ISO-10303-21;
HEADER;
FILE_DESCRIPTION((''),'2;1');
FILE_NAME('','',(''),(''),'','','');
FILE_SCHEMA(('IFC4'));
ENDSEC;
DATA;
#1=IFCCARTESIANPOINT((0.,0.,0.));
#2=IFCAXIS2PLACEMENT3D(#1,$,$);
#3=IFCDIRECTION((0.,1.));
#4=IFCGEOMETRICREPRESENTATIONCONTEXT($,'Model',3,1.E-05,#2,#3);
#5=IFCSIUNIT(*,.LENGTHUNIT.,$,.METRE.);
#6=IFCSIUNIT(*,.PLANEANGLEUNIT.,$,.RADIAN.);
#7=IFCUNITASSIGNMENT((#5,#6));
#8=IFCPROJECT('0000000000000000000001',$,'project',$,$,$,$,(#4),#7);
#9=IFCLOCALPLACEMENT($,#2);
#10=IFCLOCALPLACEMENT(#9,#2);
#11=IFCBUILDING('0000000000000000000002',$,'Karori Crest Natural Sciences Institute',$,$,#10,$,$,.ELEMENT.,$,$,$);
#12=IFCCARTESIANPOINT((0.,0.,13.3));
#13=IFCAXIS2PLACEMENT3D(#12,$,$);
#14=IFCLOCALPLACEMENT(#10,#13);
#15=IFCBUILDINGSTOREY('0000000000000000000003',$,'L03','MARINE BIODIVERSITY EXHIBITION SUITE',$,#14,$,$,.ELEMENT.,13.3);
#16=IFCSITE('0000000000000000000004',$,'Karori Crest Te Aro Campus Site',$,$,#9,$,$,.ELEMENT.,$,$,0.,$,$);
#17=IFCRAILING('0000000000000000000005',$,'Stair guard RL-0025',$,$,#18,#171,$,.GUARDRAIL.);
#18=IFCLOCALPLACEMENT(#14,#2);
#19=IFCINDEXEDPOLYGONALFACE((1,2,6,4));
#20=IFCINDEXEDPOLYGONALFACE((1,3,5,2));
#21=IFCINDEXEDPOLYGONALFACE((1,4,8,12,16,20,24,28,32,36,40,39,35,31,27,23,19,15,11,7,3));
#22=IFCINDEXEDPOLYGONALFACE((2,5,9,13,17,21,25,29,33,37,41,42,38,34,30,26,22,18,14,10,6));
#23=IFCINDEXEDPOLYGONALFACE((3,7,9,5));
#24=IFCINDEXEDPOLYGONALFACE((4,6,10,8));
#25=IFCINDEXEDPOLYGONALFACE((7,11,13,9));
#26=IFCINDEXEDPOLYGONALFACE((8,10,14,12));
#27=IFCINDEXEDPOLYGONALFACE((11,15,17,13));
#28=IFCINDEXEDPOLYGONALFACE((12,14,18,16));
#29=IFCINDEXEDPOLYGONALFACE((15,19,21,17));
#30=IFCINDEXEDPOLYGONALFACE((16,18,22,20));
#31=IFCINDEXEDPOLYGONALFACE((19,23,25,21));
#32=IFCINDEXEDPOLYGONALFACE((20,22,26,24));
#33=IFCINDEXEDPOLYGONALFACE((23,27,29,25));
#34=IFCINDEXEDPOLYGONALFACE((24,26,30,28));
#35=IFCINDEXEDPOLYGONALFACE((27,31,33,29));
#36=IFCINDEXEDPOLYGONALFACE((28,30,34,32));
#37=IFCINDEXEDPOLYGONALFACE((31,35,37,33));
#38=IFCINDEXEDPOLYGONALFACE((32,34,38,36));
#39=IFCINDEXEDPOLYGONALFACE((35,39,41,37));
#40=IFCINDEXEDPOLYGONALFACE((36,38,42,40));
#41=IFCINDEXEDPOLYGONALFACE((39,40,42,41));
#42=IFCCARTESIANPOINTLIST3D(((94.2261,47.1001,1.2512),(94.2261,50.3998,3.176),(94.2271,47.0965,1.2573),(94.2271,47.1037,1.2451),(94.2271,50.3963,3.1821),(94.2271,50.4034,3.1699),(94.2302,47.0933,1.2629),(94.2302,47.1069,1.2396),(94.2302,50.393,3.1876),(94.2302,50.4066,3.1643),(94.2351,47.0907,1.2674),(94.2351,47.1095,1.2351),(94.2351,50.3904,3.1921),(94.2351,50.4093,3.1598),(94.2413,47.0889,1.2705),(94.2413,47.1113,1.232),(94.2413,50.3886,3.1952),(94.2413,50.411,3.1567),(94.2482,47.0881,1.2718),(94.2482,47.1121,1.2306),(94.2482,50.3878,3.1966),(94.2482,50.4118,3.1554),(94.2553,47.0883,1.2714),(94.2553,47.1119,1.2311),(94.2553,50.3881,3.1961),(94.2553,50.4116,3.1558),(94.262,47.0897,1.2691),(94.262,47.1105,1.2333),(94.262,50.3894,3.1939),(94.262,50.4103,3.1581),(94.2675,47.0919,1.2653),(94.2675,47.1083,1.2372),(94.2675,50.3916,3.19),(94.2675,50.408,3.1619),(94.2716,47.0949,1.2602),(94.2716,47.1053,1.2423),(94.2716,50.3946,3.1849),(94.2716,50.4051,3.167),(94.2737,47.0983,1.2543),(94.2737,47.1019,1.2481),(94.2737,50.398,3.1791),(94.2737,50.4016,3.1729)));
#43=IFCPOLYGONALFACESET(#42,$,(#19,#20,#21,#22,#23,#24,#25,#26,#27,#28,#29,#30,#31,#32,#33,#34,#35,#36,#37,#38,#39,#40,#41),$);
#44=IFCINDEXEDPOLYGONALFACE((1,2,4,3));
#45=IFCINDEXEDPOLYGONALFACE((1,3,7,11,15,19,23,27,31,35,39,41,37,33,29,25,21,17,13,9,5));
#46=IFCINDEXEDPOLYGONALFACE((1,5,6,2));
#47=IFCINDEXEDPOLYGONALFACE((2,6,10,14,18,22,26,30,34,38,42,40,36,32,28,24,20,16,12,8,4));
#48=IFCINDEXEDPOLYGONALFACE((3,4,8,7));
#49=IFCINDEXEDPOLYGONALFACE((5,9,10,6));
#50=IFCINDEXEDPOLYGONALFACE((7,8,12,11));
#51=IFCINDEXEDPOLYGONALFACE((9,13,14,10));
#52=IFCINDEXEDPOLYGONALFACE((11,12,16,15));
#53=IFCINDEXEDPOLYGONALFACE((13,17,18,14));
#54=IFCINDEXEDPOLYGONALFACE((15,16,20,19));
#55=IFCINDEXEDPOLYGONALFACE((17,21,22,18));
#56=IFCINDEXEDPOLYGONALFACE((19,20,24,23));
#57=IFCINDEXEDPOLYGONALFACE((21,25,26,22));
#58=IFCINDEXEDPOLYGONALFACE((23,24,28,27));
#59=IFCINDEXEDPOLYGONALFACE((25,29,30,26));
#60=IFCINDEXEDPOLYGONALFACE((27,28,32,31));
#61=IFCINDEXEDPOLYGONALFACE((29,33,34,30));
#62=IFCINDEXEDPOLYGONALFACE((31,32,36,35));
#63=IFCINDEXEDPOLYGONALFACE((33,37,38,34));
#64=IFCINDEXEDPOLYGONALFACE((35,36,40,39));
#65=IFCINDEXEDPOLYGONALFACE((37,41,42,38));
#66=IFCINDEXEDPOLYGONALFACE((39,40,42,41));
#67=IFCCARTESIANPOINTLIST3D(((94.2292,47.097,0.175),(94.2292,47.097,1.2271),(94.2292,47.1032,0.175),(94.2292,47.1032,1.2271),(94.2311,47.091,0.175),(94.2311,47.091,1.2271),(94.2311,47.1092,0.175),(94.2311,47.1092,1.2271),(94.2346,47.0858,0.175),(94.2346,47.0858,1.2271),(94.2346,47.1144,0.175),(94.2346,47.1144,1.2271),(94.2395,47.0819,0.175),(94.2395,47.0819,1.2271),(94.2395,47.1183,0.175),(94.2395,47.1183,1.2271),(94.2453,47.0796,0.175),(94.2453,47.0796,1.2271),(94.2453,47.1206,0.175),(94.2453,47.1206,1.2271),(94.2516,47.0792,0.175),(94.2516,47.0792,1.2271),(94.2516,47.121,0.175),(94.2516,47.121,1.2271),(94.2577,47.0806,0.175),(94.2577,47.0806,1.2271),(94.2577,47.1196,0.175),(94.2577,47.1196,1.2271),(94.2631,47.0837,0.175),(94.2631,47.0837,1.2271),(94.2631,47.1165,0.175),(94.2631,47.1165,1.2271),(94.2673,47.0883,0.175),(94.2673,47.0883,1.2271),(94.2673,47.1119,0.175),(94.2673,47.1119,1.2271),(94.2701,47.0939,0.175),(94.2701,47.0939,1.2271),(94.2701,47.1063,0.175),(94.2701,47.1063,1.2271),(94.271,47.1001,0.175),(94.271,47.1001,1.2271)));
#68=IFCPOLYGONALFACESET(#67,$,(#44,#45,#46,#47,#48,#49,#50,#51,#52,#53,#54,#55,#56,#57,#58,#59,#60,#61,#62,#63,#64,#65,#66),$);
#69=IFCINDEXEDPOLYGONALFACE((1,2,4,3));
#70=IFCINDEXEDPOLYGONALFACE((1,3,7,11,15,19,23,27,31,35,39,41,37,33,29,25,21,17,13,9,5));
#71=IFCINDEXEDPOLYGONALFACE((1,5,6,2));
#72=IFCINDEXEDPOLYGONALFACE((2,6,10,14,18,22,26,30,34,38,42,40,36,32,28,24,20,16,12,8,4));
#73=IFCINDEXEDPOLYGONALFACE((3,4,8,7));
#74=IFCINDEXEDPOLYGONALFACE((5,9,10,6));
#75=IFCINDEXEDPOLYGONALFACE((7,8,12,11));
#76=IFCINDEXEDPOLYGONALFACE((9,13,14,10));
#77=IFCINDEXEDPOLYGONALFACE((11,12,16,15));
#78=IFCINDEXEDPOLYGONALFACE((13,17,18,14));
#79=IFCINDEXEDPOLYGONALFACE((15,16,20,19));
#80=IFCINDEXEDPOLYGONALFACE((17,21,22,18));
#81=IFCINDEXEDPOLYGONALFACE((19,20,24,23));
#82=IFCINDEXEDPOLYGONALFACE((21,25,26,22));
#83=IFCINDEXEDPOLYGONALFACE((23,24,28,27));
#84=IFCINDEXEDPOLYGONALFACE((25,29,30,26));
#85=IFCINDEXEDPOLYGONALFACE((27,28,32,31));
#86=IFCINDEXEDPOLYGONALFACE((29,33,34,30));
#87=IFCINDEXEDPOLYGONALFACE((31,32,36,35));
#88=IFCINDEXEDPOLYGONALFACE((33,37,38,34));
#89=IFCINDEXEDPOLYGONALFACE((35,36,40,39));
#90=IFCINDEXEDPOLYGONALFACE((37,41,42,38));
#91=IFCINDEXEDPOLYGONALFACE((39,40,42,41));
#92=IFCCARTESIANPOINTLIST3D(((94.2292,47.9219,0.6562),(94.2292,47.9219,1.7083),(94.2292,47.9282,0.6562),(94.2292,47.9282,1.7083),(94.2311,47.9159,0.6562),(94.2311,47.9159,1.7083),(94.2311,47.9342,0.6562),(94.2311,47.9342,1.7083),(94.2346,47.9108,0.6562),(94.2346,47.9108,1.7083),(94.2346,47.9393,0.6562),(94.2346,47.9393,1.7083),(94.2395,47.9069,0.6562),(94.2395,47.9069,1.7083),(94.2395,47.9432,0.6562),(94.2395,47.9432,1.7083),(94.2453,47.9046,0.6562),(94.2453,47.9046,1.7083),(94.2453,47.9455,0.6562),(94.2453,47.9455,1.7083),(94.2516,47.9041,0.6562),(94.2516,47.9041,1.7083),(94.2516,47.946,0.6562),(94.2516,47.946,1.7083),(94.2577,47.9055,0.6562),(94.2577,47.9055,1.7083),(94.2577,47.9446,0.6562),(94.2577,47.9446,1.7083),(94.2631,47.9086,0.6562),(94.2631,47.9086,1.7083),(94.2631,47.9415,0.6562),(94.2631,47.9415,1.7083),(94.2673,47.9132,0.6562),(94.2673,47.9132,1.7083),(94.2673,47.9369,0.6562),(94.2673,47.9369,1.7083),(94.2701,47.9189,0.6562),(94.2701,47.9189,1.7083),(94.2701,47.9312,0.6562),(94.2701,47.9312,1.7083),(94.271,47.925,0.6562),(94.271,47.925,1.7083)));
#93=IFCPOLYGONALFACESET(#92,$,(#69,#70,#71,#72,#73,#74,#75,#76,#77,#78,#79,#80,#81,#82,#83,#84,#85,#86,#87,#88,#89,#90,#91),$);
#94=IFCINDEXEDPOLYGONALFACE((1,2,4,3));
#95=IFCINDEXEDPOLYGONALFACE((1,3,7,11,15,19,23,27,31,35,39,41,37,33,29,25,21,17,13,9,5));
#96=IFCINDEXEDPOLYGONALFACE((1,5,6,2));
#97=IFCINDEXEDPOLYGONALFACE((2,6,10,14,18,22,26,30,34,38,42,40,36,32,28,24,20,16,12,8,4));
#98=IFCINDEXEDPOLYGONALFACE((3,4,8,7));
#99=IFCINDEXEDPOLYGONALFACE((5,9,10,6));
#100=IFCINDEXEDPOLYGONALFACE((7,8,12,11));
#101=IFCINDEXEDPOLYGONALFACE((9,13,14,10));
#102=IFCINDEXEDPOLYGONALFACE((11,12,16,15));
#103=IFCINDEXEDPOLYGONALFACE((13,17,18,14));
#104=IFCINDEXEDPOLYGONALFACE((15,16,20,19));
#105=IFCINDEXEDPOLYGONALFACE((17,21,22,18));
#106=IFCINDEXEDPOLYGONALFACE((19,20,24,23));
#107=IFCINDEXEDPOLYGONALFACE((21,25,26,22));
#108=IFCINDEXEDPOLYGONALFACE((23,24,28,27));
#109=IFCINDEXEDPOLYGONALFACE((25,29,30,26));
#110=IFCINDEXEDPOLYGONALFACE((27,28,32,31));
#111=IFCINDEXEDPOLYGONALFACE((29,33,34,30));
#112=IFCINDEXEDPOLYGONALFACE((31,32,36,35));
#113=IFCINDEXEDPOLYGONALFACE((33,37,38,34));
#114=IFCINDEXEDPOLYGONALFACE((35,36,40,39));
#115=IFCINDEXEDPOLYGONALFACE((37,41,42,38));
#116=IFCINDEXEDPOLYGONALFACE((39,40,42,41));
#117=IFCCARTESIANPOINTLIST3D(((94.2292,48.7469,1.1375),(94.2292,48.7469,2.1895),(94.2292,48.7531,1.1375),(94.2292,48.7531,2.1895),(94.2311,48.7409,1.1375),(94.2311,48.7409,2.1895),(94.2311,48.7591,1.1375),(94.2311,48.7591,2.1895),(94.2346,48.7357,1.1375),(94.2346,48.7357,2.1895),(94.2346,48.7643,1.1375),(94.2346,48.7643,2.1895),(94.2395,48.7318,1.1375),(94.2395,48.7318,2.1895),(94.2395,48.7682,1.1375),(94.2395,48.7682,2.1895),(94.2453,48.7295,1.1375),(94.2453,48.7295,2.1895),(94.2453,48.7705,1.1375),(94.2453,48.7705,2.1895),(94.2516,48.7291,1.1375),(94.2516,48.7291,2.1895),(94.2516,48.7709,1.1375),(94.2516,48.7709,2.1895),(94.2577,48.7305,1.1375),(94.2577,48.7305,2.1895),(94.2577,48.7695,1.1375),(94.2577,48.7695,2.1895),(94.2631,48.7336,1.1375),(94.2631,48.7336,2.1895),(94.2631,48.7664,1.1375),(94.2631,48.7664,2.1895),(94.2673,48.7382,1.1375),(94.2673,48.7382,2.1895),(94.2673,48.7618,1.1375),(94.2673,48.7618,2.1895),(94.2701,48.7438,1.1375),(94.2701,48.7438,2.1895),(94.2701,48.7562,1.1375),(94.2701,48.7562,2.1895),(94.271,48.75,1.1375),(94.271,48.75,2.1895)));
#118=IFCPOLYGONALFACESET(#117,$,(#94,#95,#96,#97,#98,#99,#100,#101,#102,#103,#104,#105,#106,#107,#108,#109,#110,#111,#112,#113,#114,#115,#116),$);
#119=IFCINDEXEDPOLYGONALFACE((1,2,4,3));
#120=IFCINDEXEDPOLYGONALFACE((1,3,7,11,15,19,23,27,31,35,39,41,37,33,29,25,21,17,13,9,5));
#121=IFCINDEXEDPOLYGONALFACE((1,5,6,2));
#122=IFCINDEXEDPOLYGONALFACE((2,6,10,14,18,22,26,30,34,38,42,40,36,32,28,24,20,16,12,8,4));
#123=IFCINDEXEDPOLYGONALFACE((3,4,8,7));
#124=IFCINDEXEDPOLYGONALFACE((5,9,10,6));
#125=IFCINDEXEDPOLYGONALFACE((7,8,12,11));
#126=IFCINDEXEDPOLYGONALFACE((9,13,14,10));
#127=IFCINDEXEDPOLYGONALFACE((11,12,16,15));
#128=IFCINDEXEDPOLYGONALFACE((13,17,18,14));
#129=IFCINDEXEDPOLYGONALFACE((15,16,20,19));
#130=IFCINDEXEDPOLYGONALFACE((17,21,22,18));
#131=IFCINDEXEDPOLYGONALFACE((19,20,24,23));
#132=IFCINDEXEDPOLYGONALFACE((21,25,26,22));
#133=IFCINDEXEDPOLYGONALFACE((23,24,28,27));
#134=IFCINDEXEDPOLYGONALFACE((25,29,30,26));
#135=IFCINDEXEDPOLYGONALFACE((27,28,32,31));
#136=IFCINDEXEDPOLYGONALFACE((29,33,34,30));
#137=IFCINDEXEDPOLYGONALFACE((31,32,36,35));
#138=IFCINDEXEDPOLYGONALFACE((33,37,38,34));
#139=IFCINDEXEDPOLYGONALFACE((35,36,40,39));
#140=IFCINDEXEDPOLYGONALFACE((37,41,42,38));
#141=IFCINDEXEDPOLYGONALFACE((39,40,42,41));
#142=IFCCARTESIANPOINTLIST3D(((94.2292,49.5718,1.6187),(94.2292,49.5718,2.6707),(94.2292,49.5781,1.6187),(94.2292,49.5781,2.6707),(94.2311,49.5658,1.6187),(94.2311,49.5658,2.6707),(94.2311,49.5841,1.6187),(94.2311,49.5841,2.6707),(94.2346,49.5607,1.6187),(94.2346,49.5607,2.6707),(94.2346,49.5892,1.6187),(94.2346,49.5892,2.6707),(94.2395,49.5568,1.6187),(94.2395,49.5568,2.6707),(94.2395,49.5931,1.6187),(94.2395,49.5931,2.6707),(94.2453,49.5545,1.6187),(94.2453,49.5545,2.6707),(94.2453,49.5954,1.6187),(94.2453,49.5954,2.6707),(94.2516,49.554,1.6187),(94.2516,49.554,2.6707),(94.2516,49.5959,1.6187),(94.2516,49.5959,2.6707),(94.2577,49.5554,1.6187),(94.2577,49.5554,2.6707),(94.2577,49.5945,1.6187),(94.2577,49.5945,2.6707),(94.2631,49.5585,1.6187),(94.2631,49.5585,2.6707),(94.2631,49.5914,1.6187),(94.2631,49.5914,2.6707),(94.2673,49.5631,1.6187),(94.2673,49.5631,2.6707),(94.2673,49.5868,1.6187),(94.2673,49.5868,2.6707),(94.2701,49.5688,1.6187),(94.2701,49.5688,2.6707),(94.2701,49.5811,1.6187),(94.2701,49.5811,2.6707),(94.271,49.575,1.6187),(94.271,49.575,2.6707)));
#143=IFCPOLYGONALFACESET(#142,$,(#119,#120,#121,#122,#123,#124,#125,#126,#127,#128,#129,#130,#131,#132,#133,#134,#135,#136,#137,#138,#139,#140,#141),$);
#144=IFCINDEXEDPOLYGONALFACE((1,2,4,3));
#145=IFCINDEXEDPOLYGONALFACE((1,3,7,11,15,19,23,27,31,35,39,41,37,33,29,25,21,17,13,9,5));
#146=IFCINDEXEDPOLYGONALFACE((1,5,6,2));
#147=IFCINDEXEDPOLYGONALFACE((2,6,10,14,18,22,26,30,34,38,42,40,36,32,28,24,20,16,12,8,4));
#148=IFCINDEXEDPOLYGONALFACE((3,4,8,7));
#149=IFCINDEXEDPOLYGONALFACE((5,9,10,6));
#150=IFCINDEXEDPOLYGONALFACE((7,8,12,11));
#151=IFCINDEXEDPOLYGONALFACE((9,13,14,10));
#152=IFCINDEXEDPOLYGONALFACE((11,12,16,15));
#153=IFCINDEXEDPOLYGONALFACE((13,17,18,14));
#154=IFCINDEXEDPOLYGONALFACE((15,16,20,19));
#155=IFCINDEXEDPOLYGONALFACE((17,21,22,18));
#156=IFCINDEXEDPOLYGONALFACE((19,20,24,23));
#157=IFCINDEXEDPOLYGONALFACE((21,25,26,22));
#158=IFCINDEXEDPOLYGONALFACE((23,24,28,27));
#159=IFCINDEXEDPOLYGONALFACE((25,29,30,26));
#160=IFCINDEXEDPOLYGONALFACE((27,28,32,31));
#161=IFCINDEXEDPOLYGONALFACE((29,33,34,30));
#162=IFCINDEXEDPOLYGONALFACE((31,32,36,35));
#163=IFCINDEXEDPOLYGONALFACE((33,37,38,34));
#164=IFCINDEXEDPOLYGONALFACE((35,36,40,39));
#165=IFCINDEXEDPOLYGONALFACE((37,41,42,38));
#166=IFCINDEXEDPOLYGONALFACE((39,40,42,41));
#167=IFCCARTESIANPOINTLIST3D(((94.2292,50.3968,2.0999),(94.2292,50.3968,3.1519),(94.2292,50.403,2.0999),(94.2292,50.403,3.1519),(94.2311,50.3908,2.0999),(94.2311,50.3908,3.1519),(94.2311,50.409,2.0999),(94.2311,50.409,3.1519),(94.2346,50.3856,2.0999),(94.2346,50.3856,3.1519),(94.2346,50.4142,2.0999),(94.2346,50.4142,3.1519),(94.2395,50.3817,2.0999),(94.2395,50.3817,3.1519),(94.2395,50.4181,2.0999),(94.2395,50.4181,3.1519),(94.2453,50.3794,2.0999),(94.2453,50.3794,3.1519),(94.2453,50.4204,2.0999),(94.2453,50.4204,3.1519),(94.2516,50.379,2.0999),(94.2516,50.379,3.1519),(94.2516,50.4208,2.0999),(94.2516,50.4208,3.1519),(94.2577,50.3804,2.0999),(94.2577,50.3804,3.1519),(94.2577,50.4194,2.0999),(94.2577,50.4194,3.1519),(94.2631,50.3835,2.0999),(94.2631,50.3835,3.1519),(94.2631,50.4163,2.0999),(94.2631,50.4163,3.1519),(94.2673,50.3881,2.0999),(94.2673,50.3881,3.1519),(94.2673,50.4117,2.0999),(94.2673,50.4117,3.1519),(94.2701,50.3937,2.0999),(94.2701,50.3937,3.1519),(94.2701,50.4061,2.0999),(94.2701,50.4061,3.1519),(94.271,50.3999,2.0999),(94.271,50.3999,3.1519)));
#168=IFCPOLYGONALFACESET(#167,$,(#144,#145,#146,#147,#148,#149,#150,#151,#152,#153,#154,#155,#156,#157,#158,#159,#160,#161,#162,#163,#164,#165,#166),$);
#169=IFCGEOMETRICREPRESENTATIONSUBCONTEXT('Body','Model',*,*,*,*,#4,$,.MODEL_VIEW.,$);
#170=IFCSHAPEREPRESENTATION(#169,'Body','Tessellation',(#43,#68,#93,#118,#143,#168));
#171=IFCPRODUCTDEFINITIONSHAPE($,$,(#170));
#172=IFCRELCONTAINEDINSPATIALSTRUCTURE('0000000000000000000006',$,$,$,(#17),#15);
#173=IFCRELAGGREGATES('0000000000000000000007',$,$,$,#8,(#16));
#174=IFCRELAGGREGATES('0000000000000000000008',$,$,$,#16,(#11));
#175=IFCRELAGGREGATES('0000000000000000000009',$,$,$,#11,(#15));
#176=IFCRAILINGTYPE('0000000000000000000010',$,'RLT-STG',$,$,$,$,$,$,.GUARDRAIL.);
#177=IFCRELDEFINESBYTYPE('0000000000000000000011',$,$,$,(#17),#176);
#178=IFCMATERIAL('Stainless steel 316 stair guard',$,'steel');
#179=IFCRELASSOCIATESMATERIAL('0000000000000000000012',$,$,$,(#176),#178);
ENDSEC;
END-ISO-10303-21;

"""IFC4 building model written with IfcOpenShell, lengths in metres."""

from ifc_helpers import new_model, si_unit, direction, frame, origin, origin_2d, place, context, subcontext, project, spatial, circle, extrude, material, type_object, element, save


model = new_model("IFC4")

# Units and contexts
model_context = context("Model", 3, precision=1e-05, world=origin(), true_north=direction((0.0, 1.0)))
body_context = subcontext(model_context, "Body", "Model", "MODEL_VIEW")
ifc_project = project(units=[si_unit("LENGTHUNIT", "METRE"), si_unit("PLANEANGLEUNIT", "RADIAN")], contexts=[model_context])

# Site, building, storey
site_placement = place(None, origin())
site = spatial("IfcSite", under=ifc_project, at=site_placement, Name="Karori Crest Te Aro Campus Site", CompositionType="ELEMENT", RefElevation=0.0)
building_placement = place(site_placement, origin())
building = spatial("IfcBuilding", under=site, at=building_placement, Name="Karori Crest Natural Sciences Institute", CompositionType="ELEMENT")
storey_placement = place(building_placement, frame((0.0, 0.0, 13.3)))
storey = spatial("IfcBuildingStorey", under=building, at=storey_placement, Name="L03", Description="MARINE BIODIVERSITY EXHIBITION SUITE", CompositionType="ELEMENT", Elevation=13.3)

# Railing
ifc_material_1 = material(Name="Stainless steel 316 stair guard", Category="steel")
railing_type_1 = type_object("IfcRailingType", Name="RLT-STG", PredefinedType="GUARDRAIL", material=ifc_material_1)
railing_1_placement = place(storey_placement, frame((94.25, 47.1001, 0.175)))
element("IfcRailing", 1, at=railing_1_placement, inside=storey, type_object=railing_type_1, Name="Stair guard RL-0025", PredefinedType="GUARDRAIL", context=body_context, shape_type="SweptSolid", body=[
    extrude(circle(Radius=0.0239, at=origin_2d()), frame((0.0, 0.0, 1.0762), z_axis=(0.0, 0.863788, 0.503855), x_axis=(-1.0, 0.0, 0.0)), (0.0, 0.0, 1.0), 3.8201),
    extrude(circle(Radius=0.021, at=origin_2d()), origin(), (0.0, 0.0, 1.0), 1.052),
    extrude(circle(Radius=0.021, at=origin_2d()), frame((0.0, 0.825, 0.4812)), (0.0, 0.0, 1.0), 1.052),
    extrude(circle(Radius=0.021, at=origin_2d()), frame((0.0, 1.6499, 0.9624)), (0.0, 0.0, 1.0), 1.052),
    extrude(circle(Radius=0.021, at=origin_2d()), frame((0.0, 2.4749, 1.4436)), (0.0, 0.0, 1.0), 1.052),
    extrude(circle(Radius=0.021, at=origin_2d()), frame((0.0, 3.2998, 1.9248)), (0.0, 0.0, 1.0), 1.052),
])

save(model, "model.ifc")
